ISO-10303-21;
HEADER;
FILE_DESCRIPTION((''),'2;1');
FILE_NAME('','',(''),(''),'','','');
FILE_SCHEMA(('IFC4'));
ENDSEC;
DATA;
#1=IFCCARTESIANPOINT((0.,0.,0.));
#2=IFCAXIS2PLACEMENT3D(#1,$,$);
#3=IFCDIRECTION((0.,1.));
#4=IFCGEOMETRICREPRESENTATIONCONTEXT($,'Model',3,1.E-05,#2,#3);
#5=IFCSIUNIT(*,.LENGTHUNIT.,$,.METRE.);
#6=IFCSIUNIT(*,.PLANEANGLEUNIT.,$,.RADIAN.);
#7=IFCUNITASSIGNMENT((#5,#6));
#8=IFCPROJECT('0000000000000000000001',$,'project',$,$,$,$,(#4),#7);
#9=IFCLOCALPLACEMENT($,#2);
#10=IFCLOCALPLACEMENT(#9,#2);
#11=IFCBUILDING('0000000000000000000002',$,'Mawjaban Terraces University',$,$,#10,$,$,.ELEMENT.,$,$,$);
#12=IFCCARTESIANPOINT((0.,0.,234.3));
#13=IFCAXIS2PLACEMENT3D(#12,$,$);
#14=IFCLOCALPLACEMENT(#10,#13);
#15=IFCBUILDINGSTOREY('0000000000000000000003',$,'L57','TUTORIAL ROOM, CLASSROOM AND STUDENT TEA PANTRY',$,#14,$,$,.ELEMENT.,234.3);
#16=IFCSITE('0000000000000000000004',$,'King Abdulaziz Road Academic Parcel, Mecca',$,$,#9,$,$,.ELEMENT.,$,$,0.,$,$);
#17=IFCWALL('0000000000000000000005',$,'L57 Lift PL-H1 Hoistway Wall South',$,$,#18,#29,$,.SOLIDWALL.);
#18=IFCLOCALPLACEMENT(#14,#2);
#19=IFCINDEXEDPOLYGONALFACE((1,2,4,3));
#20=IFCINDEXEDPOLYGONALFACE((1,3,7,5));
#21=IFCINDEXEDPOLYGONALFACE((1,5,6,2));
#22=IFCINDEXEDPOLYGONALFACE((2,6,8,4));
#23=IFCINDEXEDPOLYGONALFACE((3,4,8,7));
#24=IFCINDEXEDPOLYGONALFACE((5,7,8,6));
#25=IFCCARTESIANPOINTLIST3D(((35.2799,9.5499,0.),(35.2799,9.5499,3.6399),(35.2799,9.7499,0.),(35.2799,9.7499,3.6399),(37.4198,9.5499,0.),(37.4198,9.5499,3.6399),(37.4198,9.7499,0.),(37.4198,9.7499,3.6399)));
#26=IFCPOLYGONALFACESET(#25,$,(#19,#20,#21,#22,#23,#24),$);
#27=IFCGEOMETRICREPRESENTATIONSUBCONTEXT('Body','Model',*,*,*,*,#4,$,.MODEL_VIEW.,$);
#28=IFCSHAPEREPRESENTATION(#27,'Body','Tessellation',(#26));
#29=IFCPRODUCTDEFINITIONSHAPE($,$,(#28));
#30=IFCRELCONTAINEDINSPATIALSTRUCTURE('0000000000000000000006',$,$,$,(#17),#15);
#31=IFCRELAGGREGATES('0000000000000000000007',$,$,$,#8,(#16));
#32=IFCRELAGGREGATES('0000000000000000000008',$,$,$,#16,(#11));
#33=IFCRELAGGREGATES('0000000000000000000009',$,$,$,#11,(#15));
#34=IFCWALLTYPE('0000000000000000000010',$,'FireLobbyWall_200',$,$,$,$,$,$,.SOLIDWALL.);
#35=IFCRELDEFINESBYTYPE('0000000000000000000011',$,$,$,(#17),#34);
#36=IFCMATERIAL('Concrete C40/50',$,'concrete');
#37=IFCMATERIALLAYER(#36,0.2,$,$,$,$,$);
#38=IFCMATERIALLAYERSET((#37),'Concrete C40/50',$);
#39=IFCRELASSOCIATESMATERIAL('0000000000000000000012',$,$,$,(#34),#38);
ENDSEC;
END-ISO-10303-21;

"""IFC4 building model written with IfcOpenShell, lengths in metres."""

from ifc_helpers import new_model, si_unit, direction, frame, frame_2d, origin, place, context, subcontext, project, spatial, rectangle, extrude, material, layer, layer_set, type_object, element, save


model = new_model("IFC4")

# Units and contexts
model_context = context("Model", 3, precision=1e-05, world=origin(), true_north=direction((0.0, 1.0)))
body_context = subcontext(model_context, "Body", "Model", "MODEL_VIEW")
ifc_project = project(units=[si_unit("LENGTHUNIT", "METRE"), si_unit("PLANEANGLEUNIT", "RADIAN")], contexts=[model_context])

# Site, building, storey
site_placement = place(None, origin())
site = spatial("IfcSite", under=ifc_project, at=site_placement, Name="King Abdulaziz Road Academic Parcel, Mecca", CompositionType="ELEMENT", RefElevation=0.0)
building_placement = place(site_placement, origin())
building = spatial("IfcBuilding", under=site, at=building_placement, Name="Mawjaban Terraces University", CompositionType="ELEMENT")
storey_placement = place(building_placement, frame((0.0, 0.0, 234.3)))
storey = spatial("IfcBuildingStorey", under=building, at=storey_placement, Name="L57", Description="TUTORIAL ROOM, CLASSROOM AND STUDENT TEA PANTRY", CompositionType="ELEMENT", Elevation=234.3)

# Shared definitions
ifc_material_1 = material(Name="Concrete C40/50", Category="concrete")
ifc_layer_1 = layer(ifc_material_1, 0.2)
ifc_layer_set_1 = layer_set([ifc_layer_1], Name="Concrete C40/50")
wall_type_1 = type_object("IfcWallType", Name="FireLobbyWall_200", PredefinedType="SOLIDWALL", material=ifc_layer_set_1)

# Wall
for number, where, z_axis, x_axis, name in (
    (1, (35.28, 9.6499, 0.0), (0.0, 0.0, 1.0), (1.0, 0.0, 0.0), "L57 Lift PL-H1 Hoistway Wall South"),
):
    element("IfcWall", number, at=place(storey_placement, frame(where, z_axis=z_axis, x_axis=x_axis)), inside=storey, type_object=wall_type_1, Name=name, PredefinedType="SOLIDWALL", context=body_context, shape_type="SweptSolid", body=[
        extrude(rectangle(XDim=2.1399, YDim=0.2, at=frame_2d((1.0698, 0.0))), origin(), (0.0, 0.0, 1.0), 3.6399),
    ])

save(model, "model.ifc")
